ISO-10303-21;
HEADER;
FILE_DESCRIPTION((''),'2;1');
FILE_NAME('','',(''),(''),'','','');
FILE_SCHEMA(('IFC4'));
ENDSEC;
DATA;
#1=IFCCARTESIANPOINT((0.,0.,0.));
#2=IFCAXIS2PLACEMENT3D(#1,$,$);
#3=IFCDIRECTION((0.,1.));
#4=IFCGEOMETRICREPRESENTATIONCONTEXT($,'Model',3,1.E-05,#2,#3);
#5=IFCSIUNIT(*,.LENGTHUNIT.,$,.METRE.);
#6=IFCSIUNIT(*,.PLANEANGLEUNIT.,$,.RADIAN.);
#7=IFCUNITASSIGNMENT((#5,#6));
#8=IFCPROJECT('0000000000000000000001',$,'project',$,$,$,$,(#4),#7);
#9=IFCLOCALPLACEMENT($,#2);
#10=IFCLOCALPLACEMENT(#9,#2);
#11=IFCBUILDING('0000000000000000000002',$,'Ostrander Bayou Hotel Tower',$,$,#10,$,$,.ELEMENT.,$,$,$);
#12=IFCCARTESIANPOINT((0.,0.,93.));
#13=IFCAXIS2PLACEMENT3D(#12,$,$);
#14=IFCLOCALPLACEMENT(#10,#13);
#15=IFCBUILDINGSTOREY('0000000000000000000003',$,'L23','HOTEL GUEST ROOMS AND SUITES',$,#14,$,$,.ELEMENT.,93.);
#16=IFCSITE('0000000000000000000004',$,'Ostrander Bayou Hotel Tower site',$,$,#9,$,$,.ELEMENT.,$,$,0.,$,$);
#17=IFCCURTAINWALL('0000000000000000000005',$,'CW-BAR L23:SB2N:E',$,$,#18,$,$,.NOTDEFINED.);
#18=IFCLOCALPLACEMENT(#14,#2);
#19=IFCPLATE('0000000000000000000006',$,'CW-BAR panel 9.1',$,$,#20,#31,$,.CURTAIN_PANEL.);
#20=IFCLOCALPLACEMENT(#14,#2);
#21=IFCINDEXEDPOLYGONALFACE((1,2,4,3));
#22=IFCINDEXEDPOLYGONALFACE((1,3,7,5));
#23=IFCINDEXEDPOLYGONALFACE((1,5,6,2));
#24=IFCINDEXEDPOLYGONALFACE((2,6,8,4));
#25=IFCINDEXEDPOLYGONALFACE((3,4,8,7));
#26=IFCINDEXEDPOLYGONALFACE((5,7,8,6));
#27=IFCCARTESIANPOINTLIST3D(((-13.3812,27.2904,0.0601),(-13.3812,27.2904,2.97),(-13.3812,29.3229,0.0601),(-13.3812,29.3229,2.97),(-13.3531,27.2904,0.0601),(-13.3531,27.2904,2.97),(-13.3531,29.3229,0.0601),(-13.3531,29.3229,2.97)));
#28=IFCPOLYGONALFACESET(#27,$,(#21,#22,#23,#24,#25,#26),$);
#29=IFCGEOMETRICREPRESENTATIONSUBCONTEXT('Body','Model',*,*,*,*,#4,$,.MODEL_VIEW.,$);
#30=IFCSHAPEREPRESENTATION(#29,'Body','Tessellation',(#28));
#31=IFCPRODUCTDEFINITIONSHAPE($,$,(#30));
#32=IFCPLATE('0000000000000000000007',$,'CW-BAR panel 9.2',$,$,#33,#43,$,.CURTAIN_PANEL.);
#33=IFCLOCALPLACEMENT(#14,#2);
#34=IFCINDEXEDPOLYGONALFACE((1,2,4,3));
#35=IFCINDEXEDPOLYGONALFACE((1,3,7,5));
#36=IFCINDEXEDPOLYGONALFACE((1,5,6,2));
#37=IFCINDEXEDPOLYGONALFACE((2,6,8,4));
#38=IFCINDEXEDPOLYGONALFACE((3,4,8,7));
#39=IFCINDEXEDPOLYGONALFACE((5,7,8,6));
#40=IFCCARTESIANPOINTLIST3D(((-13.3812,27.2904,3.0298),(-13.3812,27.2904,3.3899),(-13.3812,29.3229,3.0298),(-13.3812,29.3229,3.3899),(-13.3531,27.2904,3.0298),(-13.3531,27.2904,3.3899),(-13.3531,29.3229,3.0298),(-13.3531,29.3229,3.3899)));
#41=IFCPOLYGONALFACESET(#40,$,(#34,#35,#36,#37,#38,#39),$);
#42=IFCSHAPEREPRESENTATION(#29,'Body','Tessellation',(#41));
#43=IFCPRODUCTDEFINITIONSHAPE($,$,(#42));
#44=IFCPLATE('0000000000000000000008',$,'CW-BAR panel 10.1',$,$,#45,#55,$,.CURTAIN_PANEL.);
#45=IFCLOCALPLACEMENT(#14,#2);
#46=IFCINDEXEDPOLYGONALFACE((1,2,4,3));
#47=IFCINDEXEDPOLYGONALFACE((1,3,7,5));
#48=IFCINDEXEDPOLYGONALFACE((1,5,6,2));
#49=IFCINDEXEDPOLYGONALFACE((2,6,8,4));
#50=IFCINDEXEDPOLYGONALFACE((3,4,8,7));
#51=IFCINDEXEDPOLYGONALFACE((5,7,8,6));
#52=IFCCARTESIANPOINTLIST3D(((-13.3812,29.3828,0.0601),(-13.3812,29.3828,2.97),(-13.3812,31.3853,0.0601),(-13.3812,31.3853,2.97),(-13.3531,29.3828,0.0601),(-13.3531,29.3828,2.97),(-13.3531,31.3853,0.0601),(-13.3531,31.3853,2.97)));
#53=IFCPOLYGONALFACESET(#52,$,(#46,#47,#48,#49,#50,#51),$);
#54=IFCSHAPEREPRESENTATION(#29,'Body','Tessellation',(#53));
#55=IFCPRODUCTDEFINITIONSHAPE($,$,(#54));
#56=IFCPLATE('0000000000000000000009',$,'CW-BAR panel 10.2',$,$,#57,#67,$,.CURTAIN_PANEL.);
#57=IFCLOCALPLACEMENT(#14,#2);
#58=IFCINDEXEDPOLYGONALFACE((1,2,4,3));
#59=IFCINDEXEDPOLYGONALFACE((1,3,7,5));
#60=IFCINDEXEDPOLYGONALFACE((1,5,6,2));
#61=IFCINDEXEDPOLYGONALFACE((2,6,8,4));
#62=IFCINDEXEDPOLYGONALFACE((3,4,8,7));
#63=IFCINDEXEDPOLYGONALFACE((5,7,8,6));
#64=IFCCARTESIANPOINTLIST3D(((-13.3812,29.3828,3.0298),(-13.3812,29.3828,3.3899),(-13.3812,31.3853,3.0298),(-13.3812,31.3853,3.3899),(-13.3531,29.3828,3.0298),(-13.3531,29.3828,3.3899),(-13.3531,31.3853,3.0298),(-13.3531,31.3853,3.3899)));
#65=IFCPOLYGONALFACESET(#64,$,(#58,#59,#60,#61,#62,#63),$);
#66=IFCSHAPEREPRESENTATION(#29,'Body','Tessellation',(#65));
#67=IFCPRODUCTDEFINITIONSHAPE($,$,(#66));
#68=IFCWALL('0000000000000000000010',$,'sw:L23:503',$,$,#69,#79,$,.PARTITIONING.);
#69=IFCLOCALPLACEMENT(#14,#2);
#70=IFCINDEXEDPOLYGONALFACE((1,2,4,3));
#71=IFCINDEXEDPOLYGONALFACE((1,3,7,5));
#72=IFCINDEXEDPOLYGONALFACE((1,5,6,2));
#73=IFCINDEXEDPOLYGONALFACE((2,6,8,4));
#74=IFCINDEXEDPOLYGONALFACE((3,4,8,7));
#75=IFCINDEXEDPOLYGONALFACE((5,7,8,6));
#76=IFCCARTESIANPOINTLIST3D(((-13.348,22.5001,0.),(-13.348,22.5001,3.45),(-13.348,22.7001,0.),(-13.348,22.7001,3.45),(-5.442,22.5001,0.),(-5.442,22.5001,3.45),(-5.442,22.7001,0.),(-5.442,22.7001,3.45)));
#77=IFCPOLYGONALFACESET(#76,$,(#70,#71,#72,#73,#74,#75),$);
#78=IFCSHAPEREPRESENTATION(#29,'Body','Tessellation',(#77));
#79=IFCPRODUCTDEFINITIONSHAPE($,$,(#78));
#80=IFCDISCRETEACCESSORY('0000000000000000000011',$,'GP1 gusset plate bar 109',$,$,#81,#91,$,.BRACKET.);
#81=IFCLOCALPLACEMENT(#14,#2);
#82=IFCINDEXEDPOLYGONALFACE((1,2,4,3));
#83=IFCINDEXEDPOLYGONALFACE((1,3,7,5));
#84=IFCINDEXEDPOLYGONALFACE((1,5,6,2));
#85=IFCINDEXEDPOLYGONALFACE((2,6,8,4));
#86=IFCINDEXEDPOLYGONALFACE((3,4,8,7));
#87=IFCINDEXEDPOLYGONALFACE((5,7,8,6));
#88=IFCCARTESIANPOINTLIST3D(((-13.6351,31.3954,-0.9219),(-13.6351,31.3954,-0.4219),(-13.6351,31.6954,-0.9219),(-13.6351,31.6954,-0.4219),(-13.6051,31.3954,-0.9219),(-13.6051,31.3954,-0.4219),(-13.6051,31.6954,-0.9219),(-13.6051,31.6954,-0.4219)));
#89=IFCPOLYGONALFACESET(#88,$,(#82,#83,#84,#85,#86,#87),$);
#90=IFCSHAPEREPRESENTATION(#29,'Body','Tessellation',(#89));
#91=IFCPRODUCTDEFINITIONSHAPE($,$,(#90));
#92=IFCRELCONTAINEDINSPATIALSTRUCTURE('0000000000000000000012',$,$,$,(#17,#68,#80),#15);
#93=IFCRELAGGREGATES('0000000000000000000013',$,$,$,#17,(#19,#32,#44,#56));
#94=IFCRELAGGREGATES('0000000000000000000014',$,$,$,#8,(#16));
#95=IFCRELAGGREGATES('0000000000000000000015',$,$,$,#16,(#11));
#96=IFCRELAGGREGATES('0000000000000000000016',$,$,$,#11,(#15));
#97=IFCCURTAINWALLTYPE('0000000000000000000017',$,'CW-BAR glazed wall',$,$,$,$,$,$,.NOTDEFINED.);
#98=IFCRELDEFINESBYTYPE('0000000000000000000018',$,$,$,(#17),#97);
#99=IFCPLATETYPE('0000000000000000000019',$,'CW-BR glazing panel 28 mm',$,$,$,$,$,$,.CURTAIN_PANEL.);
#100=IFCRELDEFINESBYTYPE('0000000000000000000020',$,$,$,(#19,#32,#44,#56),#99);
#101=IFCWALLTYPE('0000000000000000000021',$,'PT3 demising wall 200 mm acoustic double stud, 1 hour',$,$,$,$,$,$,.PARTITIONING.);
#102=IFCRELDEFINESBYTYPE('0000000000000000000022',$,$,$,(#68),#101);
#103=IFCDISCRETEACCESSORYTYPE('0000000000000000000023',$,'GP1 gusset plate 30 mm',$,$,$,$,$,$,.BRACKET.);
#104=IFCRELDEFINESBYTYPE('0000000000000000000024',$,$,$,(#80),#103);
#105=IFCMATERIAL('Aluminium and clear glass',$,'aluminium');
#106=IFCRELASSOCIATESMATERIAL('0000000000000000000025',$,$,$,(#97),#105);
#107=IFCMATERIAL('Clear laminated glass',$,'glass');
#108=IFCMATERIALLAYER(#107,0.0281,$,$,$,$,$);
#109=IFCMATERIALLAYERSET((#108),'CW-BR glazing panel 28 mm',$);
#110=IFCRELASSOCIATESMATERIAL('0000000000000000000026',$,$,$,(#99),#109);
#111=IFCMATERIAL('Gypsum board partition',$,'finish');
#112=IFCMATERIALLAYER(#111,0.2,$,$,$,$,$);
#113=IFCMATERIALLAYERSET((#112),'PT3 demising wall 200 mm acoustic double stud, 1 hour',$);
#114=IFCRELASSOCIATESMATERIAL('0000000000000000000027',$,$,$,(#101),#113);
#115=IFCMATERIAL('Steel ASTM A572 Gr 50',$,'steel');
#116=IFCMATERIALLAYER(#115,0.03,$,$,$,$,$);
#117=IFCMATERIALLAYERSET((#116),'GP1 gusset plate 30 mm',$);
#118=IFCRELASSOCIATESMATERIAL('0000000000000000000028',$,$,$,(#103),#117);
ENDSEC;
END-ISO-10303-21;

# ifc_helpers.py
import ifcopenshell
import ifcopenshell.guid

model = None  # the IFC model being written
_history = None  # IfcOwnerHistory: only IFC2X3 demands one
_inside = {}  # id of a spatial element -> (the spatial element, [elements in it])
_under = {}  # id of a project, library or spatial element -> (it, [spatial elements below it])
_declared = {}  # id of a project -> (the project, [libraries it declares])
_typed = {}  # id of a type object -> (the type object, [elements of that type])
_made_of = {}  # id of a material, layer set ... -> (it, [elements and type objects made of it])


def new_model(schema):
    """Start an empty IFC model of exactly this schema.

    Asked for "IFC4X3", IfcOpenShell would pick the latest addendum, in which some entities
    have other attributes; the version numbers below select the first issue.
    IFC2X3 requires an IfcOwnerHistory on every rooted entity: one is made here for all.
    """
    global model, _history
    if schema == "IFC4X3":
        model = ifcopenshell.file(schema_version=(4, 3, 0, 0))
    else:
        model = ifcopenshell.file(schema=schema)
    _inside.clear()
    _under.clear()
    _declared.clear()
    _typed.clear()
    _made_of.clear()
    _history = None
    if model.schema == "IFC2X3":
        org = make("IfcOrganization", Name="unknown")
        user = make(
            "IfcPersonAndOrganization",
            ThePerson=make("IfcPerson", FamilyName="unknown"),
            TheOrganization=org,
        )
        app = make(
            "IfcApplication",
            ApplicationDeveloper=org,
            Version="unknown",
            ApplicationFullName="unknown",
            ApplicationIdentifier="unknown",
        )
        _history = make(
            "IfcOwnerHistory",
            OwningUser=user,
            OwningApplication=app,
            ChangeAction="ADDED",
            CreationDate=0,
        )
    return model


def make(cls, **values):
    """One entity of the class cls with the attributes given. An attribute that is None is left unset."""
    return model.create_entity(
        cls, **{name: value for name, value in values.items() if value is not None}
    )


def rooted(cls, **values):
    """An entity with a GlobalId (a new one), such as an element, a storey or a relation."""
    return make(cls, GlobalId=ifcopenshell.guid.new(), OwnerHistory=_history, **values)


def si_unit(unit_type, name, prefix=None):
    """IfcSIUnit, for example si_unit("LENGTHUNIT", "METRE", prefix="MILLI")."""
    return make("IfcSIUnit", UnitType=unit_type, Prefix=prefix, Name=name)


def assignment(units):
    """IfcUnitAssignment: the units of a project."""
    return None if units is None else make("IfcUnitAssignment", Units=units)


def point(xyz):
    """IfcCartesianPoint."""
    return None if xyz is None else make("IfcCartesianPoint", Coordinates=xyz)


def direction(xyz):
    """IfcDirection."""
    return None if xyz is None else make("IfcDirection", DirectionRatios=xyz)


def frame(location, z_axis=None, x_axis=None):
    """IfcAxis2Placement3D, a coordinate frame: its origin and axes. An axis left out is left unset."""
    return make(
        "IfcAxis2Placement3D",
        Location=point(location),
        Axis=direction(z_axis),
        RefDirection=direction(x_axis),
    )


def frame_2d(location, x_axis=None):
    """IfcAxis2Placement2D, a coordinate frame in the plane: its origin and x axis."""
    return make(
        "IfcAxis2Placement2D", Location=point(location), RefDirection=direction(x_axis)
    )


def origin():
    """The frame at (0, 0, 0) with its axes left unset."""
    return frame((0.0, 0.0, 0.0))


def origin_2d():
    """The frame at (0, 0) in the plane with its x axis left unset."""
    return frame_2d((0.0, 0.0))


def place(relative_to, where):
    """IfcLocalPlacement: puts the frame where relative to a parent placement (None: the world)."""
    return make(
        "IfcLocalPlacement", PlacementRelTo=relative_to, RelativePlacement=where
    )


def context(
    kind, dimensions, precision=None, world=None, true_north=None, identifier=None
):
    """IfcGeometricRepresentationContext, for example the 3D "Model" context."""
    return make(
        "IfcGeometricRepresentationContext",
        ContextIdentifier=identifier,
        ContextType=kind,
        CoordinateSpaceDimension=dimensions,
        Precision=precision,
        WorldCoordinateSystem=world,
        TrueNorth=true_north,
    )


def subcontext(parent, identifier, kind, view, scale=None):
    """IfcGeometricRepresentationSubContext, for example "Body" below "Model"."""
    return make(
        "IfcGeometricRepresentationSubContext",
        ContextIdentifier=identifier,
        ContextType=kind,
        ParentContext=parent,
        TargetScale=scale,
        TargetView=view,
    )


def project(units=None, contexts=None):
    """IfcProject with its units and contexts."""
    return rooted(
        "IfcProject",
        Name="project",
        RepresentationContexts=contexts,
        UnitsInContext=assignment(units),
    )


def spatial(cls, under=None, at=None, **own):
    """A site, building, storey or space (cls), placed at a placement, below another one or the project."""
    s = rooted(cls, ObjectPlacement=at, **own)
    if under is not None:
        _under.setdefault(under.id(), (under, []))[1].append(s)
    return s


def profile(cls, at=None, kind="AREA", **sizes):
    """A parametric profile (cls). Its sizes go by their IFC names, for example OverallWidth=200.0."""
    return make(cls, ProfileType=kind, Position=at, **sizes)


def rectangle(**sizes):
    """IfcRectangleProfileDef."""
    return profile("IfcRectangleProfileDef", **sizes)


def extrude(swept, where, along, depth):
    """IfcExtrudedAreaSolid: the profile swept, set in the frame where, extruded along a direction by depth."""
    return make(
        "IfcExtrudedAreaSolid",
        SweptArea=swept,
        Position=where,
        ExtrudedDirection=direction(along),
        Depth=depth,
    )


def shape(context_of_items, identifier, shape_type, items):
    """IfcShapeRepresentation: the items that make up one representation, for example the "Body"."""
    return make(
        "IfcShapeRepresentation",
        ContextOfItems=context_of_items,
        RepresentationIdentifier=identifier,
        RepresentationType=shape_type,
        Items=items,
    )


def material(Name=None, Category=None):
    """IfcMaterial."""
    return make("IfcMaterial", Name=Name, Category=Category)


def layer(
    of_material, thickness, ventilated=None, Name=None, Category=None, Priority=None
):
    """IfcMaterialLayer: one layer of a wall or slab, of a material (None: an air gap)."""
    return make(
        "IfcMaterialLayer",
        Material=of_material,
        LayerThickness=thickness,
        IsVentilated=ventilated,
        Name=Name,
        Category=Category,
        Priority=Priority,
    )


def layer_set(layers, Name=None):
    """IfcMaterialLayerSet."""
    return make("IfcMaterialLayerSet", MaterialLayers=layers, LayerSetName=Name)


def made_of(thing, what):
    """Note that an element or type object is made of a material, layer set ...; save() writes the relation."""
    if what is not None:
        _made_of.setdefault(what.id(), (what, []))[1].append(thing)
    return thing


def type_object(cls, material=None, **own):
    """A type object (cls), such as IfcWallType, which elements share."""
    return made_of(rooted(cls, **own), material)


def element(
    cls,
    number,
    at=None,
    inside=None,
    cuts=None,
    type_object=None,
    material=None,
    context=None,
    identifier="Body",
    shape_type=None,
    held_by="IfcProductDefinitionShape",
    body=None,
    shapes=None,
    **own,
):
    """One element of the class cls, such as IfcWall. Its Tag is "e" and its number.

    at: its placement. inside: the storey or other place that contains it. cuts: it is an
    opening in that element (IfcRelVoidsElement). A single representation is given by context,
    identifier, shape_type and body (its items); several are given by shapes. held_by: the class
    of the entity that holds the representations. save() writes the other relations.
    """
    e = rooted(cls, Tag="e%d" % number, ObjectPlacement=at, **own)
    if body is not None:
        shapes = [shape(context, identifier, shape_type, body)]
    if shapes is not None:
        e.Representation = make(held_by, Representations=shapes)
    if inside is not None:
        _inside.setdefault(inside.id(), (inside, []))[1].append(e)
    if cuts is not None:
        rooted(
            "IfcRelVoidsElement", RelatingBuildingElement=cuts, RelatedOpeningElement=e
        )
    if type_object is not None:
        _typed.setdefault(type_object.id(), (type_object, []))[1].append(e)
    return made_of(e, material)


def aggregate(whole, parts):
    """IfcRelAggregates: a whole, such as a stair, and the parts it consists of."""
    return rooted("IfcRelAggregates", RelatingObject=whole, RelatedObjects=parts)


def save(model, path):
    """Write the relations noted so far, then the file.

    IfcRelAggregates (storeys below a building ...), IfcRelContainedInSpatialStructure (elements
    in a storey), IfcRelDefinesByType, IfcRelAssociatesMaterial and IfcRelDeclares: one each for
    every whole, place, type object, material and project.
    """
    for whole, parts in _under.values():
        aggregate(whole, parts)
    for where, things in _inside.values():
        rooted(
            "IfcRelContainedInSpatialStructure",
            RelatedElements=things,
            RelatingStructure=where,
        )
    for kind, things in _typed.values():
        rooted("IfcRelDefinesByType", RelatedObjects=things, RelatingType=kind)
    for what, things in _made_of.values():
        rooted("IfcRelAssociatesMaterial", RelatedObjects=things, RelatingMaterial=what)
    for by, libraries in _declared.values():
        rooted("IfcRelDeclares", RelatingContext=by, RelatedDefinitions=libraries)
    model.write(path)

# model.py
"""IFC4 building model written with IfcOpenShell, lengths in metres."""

from ifc_helpers import new_model, si_unit, direction, frame, frame_2d, origin, origin_2d, place, context, subcontext, project, spatial, rectangle, extrude, material, layer, layer_set, type_object, element, aggregate, save


model = new_model("IFC4")

# Units and contexts
model_context = context("Model", 3, precision=1e-05, world=origin(), true_north=direction((0.0, 1.0)))
body_context = subcontext(model_context, "Body", "Model", "MODEL_VIEW")
ifc_project = project(units=[si_unit("LENGTHUNIT", "METRE"), si_unit("PLANEANGLEUNIT", "RADIAN")], contexts=[model_context])

# Site, building, storey
site_placement = place(None, origin())
site = spatial("IfcSite", under=ifc_project, at=site_placement, Name="Ostrander Bayou Hotel Tower site", CompositionType="ELEMENT", RefElevation=0.0)
building_placement = place(site_placement, origin())
building = spatial("IfcBuilding", under=site, at=building_placement, Name="Ostrander Bayou Hotel Tower", CompositionType="ELEMENT")
storey_placement = place(building_placement, frame((0.0, 0.0, 93.0)))
storey = spatial("IfcBuildingStorey", under=building, at=storey_placement, Name="L23", Description="HOTEL GUEST ROOMS AND SUITES", CompositionType="ELEMENT", Elevation=93.0)

# Curtain wall
ifc_material_1 = material(Name="Aluminium and clear glass", Category="aluminium")
curtain_wall_type = type_object("IfcCurtainWallType", Name="CW-BAR glazed wall", PredefinedType="NOTDEFINED", material=ifc_material_1)
curtain_wall_1_placement = place(storey_placement, origin())
curtain_wall_1 = element("IfcCurtainWall", 1, at=curtain_wall_1_placement, inside=storey, type_object=curtain_wall_type, Name="CW-BAR L23:SB2N:E", PredefinedType="NOTDEFINED")

# Plates
ifc_material_2 = material(Name="Clear laminated glass", Category="glass")
ifc_layer_1 = layer(ifc_material_2, 0.0281)
ifc_layer_set_1 = layer_set([ifc_layer_1], Name="CW-BR glazing panel 28 mm")
plate_type = type_object("IfcPlateType", Name="CW-BR glazing panel 28 mm", PredefinedType="CURTAIN_PANEL", material=ifc_layer_set_1)
plate_1_placement = place(storey_placement, frame((-13.3672, 28.3066, 0.0601), z_axis=(0.0, 0.0, 1.0), x_axis=(0.0, 1.0, 0.0)))
plate_1 = element("IfcPlate", 2, at=plate_1_placement, type_object=plate_type, Name="CW-BAR panel 9.1", PredefinedType="CURTAIN_PANEL", context=body_context, shape_type="SweptSolid", body=[
    extrude(rectangle(XDim=2.0325, YDim=0.0281, at=origin_2d()), origin(), (0.0, 0.0, 1.0), 2.9099),
])
plate_2_placement = place(storey_placement, frame((-13.3672, 28.3066, 3.0298), z_axis=(0.0, 0.0, 1.0), x_axis=(0.0, 1.0, 0.0)))
plate_2 = element("IfcPlate", 3, at=plate_2_placement, type_object=plate_type, Name="CW-BAR panel 9.2", PredefinedType="CURTAIN_PANEL", context=body_context, shape_type="SweptSolid", body=[
    extrude(rectangle(XDim=2.0325, YDim=0.0281, at=origin_2d()), origin(), (0.0, 0.0, 1.0), 0.3601),
])
plate_3_placement = place(storey_placement, frame((-13.3672, 30.384, 0.0601), z_axis=(0.0, 0.0, 1.0), x_axis=(0.0, 1.0, 0.0)))
plate_3 = element("IfcPlate", 4, at=plate_3_placement, type_object=plate_type, Name="CW-BAR panel 10.1", PredefinedType="CURTAIN_PANEL", context=body_context, shape_type="SweptSolid", body=[
    extrude(rectangle(XDim=2.0024, YDim=0.0281, at=origin_2d()), origin(), (0.0, 0.0, 1.0), 2.9099),
])
plate_4_placement = place(storey_placement, frame((-13.3672, 30.384, 3.0298), z_axis=(0.0, 0.0, 1.0), x_axis=(0.0, 1.0, 0.0)))
plate_4 = element("IfcPlate", 5, at=plate_4_placement, type_object=plate_type, Name="CW-BAR panel 10.2", PredefinedType="CURTAIN_PANEL", context=body_context, shape_type="SweptSolid", body=[
    extrude(rectangle(XDim=2.0024, YDim=0.0281, at=origin_2d()), origin(), (0.0, 0.0, 1.0), 0.3601),
])
aggregate(curtain_wall_1, [plate_1, plate_2, plate_3, plate_4])

# Wall
ifc_material_3 = material(Name="Gypsum board partition", Category="finish")
ifc_layer_2 = layer(ifc_material_3, 0.2)
ifc_layer_set_2 = layer_set([ifc_layer_2], Name="PT3 demising wall 200 mm acoustic double stud, 1 hour")
wall_type = type_object("IfcWallType", Name="PT3 demising wall 200 mm acoustic double stud, 1 hour", PredefinedType="PARTITIONING", material=ifc_layer_set_2)
wall_placement = place(storey_placement, frame((-13.3481, 22.6001, 0.0), z_axis=(0.0, 0.0, 1.0), x_axis=(1.0, 0.0, 0.0)))
element("IfcWall", 6, at=wall_placement, inside=storey, type_object=wall_type, Name="sw:L23:503", PredefinedType="PARTITIONING", context=body_context, shape_type="SweptSolid", body=[
    extrude(rectangle(XDim=7.906, YDim=0.2, at=frame_2d((3.9531, 0.0))), origin(), (0.0, 0.0, 1.0), 3.45),
])

# Discrete accessory
ifc_material_4 = material(Name="Steel ASTM A572 Gr 50", Category="steel")
ifc_layer_3 = layer(ifc_material_4, 0.03)
ifc_layer_set_3 = layer_set([ifc_layer_3], Name="GP1 gusset plate 30 mm")
discrete_accessory_type = type_object("IfcDiscreteAccessoryType", Name="GP1 gusset plate 30 mm", PredefinedType="BRACKET", material=ifc_layer_set_3)
discrete_accessory_placement = place(storey_placement, frame((-13.6201, 31.5454, -0.9219), z_axis=(0.0, 0.0, 1.0), x_axis=(0.0, -1.0, 0.0)))
element("IfcDiscreteAccessory", 7, at=discrete_accessory_placement, inside=storey, type_object=discrete_accessory_type, Name="GP1 gusset plate bar 109", PredefinedType="BRACKET", context=body_context, shape_type="SweptSolid", body=[
    extrude(rectangle(XDim=0.3, YDim=0.03, at=origin_2d()), origin(), (0.0, 0.0, 1.0), 0.5),
])

save(model, "model.ifc")
